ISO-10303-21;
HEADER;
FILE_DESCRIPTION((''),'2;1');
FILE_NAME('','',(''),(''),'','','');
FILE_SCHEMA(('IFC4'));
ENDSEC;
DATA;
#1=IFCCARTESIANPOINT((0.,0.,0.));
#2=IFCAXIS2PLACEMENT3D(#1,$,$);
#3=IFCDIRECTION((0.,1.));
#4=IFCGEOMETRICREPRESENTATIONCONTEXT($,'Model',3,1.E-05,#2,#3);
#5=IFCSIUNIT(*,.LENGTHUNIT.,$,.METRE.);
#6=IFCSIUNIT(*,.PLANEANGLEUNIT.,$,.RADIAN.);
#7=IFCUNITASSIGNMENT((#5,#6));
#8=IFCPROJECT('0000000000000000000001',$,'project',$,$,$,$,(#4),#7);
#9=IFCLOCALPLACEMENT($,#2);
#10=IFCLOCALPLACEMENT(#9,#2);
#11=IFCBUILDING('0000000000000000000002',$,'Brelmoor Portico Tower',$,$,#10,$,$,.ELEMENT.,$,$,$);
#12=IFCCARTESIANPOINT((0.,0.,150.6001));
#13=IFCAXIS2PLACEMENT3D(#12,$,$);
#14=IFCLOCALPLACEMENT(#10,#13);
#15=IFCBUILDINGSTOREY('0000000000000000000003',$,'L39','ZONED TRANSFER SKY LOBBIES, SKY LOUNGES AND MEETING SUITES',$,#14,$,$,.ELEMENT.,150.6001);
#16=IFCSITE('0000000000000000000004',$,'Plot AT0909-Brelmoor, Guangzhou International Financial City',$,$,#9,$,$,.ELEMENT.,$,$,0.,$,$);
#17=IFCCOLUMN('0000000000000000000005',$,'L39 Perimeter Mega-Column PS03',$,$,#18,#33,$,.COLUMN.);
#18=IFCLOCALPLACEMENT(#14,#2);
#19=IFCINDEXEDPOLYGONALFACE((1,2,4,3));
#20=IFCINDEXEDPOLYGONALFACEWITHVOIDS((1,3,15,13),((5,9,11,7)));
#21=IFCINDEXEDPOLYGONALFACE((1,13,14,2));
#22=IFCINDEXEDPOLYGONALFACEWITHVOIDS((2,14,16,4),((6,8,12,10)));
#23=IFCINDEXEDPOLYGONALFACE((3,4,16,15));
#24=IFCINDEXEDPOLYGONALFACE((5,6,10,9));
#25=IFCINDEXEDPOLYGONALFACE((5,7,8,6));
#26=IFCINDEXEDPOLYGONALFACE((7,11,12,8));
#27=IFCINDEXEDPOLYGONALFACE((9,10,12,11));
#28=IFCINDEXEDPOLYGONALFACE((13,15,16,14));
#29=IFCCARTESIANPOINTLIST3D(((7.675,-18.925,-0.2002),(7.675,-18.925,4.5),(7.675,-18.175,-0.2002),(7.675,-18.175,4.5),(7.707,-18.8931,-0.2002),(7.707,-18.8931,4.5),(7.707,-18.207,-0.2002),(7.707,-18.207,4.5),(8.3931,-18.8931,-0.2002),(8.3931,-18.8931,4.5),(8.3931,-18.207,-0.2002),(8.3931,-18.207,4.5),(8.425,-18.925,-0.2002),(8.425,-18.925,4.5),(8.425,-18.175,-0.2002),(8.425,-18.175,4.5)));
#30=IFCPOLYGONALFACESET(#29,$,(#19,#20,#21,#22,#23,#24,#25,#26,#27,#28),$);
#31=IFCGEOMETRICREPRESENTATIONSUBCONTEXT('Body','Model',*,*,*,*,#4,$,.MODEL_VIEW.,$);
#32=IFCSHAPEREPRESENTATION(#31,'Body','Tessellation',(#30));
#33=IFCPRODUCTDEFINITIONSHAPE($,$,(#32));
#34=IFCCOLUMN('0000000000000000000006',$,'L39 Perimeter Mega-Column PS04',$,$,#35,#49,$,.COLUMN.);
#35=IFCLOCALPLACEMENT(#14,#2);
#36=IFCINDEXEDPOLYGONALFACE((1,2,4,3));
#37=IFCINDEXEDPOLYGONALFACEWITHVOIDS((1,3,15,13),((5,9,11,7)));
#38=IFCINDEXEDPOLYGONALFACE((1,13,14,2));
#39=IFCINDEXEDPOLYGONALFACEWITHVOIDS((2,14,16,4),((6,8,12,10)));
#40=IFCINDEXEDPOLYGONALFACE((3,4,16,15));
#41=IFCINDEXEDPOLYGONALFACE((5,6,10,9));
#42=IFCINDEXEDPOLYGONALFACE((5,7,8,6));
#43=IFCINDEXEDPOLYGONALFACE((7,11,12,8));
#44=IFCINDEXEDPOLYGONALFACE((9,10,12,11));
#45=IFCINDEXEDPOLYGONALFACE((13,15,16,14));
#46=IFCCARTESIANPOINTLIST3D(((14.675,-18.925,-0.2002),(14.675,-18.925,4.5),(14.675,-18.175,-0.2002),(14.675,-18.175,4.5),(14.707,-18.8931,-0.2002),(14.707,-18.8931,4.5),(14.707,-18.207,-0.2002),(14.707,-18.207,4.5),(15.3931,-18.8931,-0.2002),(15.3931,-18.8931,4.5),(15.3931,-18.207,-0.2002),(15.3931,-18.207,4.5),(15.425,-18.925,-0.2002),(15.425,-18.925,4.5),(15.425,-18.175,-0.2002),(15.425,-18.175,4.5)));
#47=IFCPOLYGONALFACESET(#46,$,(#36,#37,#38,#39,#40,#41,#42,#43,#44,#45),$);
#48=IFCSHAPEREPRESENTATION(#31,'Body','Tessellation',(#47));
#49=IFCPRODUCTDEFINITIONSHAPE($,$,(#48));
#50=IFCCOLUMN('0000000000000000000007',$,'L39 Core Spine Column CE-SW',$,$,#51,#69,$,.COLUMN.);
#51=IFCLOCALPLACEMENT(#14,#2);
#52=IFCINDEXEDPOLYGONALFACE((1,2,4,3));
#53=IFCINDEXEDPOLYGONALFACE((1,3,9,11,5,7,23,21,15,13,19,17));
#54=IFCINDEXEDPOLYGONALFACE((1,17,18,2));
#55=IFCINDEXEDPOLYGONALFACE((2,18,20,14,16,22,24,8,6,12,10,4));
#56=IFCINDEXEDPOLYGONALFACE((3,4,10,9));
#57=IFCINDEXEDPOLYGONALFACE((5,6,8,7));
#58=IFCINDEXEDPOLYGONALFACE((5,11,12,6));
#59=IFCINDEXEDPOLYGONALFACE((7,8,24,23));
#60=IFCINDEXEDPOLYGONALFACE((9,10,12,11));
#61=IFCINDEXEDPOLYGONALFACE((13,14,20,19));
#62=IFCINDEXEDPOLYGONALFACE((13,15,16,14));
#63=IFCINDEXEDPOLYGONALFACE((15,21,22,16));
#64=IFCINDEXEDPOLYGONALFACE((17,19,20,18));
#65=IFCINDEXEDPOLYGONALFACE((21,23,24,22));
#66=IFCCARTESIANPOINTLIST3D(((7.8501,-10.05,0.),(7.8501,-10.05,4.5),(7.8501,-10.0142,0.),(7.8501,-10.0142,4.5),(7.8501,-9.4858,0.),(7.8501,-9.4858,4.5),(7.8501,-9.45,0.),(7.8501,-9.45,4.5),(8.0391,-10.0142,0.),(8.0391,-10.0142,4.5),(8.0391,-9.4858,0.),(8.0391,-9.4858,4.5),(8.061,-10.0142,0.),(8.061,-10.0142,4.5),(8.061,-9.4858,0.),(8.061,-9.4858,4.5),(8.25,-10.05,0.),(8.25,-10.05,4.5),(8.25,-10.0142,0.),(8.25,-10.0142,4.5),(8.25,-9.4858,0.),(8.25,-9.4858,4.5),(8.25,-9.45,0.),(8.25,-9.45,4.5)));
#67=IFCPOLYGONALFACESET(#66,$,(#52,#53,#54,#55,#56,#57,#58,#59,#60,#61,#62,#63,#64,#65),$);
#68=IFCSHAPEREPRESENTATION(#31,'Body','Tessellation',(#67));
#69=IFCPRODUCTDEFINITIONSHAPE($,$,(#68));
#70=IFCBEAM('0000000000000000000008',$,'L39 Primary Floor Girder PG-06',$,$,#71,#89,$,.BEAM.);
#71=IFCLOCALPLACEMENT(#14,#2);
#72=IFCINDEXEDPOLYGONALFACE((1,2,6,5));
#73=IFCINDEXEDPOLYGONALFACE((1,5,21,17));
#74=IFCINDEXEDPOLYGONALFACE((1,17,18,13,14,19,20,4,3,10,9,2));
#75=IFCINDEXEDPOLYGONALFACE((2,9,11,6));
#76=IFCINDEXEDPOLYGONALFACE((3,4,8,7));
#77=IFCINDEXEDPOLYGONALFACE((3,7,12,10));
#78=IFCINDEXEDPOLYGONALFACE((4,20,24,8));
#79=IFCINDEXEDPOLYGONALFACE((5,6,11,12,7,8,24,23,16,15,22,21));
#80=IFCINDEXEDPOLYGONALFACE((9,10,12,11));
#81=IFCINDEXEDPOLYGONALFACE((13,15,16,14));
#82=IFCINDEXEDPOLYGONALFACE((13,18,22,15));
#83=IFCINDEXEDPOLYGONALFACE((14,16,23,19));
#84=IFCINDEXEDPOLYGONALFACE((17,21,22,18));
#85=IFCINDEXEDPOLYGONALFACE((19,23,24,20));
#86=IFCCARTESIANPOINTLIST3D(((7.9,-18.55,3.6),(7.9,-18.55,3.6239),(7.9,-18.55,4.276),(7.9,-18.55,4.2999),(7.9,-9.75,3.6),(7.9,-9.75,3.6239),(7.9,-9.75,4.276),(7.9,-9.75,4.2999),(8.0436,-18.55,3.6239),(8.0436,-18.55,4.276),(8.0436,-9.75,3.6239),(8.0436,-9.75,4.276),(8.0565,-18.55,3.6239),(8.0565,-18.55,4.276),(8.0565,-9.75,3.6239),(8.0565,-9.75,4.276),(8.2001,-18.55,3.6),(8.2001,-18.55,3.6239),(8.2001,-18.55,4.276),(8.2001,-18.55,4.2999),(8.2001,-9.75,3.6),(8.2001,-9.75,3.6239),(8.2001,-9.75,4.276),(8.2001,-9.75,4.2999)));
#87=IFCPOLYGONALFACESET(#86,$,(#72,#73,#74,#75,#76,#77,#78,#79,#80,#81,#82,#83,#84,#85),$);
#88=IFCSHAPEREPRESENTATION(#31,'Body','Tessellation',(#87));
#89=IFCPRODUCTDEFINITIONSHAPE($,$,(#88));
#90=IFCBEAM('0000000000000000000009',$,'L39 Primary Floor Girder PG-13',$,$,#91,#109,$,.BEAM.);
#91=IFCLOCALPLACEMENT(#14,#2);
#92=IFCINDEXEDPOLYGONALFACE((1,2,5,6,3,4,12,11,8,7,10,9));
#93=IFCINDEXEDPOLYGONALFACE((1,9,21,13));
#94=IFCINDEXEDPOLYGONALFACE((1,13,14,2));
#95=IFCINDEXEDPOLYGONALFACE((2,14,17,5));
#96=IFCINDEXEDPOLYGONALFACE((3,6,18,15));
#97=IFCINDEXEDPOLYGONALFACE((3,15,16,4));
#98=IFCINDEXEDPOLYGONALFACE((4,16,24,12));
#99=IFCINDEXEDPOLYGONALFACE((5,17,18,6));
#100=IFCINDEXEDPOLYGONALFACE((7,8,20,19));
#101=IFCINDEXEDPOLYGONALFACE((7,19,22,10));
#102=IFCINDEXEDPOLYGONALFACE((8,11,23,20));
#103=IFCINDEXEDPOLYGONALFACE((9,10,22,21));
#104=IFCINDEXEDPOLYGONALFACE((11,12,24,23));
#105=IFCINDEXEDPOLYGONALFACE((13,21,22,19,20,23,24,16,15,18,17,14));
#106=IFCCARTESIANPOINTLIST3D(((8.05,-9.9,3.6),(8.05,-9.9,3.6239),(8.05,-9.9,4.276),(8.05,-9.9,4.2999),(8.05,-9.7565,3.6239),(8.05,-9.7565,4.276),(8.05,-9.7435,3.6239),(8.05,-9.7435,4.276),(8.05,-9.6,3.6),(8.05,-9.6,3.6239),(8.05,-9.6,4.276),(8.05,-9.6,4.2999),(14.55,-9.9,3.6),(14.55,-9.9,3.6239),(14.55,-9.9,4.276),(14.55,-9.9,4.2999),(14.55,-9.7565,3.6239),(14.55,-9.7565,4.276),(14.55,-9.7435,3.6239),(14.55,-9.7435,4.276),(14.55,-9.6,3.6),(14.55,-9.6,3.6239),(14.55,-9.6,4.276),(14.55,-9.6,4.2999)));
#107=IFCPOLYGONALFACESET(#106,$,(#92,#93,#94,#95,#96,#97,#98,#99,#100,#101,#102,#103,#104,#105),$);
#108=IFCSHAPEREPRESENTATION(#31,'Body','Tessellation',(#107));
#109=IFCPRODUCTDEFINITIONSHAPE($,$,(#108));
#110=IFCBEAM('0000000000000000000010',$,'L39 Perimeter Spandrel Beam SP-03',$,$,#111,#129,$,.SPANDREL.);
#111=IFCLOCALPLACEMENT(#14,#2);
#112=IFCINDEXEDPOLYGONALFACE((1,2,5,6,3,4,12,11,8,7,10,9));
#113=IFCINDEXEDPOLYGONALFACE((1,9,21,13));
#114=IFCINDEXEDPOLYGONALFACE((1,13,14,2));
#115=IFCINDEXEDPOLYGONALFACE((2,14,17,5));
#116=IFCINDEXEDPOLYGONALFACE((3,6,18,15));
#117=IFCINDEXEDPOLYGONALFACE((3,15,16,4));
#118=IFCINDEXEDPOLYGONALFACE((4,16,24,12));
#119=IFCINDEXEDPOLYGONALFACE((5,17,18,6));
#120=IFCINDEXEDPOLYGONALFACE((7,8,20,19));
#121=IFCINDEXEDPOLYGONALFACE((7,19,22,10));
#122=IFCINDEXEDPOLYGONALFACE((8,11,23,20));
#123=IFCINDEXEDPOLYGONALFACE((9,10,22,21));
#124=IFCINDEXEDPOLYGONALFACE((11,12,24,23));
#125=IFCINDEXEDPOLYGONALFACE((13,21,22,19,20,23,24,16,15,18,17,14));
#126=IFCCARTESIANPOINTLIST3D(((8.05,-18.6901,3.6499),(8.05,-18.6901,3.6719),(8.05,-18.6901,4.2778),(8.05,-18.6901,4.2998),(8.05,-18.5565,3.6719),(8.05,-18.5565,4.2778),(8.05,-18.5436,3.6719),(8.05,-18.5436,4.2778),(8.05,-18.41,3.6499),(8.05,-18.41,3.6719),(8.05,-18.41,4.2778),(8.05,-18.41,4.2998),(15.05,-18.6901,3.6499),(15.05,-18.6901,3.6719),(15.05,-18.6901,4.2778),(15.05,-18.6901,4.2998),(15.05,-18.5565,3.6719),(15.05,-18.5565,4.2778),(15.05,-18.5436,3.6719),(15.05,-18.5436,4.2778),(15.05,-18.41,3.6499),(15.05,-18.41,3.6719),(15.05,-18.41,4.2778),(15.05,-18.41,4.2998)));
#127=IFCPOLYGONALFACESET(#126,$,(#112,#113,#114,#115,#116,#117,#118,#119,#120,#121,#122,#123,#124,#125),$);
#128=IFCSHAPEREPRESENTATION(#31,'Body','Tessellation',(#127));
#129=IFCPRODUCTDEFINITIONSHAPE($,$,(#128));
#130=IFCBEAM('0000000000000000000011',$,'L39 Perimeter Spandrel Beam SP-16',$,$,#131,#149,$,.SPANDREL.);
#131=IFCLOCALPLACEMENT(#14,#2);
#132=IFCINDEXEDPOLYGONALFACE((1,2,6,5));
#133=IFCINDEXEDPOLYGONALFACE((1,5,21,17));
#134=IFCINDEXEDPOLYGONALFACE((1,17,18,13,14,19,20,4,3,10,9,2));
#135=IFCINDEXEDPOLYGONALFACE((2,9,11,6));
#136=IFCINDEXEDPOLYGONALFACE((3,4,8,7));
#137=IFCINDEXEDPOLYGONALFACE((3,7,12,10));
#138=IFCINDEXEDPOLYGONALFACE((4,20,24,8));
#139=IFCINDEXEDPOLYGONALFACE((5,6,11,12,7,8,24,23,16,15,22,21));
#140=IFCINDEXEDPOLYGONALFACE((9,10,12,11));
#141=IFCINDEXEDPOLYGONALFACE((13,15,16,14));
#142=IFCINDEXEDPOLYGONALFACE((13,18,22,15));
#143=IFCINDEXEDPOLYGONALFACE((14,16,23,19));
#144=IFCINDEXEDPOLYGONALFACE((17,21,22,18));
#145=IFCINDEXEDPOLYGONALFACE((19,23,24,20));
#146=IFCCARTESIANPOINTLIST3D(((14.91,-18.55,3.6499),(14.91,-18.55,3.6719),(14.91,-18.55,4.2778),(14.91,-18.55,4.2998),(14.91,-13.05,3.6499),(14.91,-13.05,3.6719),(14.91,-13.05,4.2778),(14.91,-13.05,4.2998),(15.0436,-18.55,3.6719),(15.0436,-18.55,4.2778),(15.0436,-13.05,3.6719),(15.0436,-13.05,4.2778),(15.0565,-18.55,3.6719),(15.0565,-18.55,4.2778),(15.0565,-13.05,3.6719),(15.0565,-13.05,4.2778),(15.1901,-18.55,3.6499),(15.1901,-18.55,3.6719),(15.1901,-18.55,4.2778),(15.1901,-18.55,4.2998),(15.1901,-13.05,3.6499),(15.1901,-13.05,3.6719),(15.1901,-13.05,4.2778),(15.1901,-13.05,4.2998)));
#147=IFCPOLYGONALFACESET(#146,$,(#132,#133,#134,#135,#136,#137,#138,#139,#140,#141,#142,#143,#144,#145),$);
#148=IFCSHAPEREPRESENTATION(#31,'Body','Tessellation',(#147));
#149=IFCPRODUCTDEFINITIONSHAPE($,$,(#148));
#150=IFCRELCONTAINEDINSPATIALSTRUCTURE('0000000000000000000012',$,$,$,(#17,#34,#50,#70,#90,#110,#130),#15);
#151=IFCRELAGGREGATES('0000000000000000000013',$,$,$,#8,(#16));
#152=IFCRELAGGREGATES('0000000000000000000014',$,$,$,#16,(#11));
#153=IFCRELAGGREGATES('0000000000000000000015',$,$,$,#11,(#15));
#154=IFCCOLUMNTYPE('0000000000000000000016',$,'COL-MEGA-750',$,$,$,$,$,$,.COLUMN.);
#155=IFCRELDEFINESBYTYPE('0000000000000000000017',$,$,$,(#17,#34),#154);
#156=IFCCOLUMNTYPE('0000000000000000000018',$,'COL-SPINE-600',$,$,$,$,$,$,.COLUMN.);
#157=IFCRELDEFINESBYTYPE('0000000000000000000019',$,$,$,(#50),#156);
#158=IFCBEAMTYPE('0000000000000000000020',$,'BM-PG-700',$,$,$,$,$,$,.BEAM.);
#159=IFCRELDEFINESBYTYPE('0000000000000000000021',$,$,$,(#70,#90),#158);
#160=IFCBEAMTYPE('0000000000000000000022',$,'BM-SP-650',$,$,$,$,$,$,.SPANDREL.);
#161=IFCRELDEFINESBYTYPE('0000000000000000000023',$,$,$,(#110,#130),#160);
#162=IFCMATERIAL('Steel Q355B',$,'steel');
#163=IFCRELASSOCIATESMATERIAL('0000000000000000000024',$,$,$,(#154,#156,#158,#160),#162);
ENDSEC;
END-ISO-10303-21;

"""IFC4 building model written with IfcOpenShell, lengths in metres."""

from ifc_helpers import new_model, si_unit, direction, frame, origin, origin_2d, place, context, subcontext, project, spatial, hollow_rectangle, i_section, extrude, material, material_profile, profile_set, type_object, element, save


model = new_model("IFC4")

# Units and contexts
model_context = context("Model", 3, precision=1e-05, world=origin(), true_north=direction((0.0, 1.0)))
body_context = subcontext(model_context, "Body", "Model", "MODEL_VIEW")
ifc_project = project(units=[si_unit("LENGTHUNIT", "METRE"), si_unit("PLANEANGLEUNIT", "RADIAN")], contexts=[model_context])

# Site, building, storey
site_placement = place(None, origin())
site = spatial("IfcSite", under=ifc_project, at=site_placement, Name="Plot AT0909-Brelmoor, Guangzhou International Financial City", CompositionType="ELEMENT", RefElevation=0.0)
building_placement = place(site_placement, origin())
building = spatial("IfcBuilding", under=site, at=building_placement, Name="Brelmoor Portico Tower", CompositionType="ELEMENT")
storey_placement = place(building_placement, frame((0.0, 0.0, 150.6001)))
storey = spatial("IfcBuildingStorey", under=building, at=storey_placement, Name="L39", Description="ZONED TRANSFER SKY LOBBIES, SKY LOUNGES AND MEETING SUITES", CompositionType="ELEMENT", Elevation=150.6001)

# Columns
ifc_material_1 = material(Name="Steel Q355B", Category="steel")
ifc_material_profile_1 = material_profile(ifc_material_1, hollow_rectangle(XDim=0.75, YDim=0.75, WallThickness=0.032, at=origin_2d()), Name="BOX 750x750x32")
ifc_profile_set_1 = profile_set([ifc_material_profile_1], Name="Steel Q355B")
column_type_1 = type_object("IfcColumnType", Name="COL-MEGA-750", PredefinedType="COLUMN", material=ifc_profile_set_1)
for number, where, z_axis, x_axis, name in (
    (1, (8.05, -18.55, -0.2002), (0.0, 0.0, 1.0), (1.0, 0.0, 0.0), "L39 Perimeter Mega-Column PS03"),
    (2, (15.05, -18.55, -0.2002), (0.0, 0.0, 1.0), (1.0, 0.0, 0.0), "L39 Perimeter Mega-Column PS04"),
):
    element("IfcColumn", number, at=place(storey_placement, frame(where, z_axis=z_axis, x_axis=x_axis)), inside=storey, type_object=column_type_1, Name=name, PredefinedType="COLUMN", context=body_context, shape_type="SweptSolid", body=[
        extrude(hollow_rectangle(XDim=0.75, YDim=0.75, WallThickness=0.032, at=origin_2d()), origin(), (0.0, 0.0, 1.0), 4.7002),
    ])
ifc_material_profile_2 = material_profile(ifc_material_1, i_section(OverallWidth=0.3999, OverallDepth=0.6001, WebThickness=0.022, FlangeThickness=0.0359, at=origin_2d()), Name="HW 600x400x22x36")
ifc_profile_set_2 = profile_set([ifc_material_profile_2], Name="Steel Q355B")
column_type_2 = type_object("IfcColumnType", Name="COL-SPINE-600", PredefinedType="COLUMN", material=ifc_profile_set_2)
column_placement = place(storey_placement, frame((8.05, -9.75, 0.0), z_axis=(0.0, 0.0, 1.0), x_axis=(1.0, 0.0, 0.0)))
element("IfcColumn", 3, at=column_placement, inside=storey, type_object=column_type_2, Name="L39 Core Spine Column CE-SW", PredefinedType="COLUMN", context=body_context, shape_type="SweptSolid", body=[
    extrude(i_section(OverallWidth=0.3999, OverallDepth=0.6001, WebThickness=0.022, FlangeThickness=0.0359, at=origin_2d()), origin(), (0.0, 0.0, 1.0), 4.5),
])

# Beams
ifc_material_profile_3 = material_profile(ifc_material_1, i_section(OverallWidth=0.3, OverallDepth=0.7, WebThickness=0.0129, FlangeThickness=0.0239, at=origin_2d()), Name="HN 700x300x13x24")
ifc_profile_set_3 = profile_set([ifc_material_profile_3], Name="Steel Q355B")
beam_type_1 = type_object("IfcBeamType", Name="BM-PG-700", PredefinedType="BEAM", material=ifc_profile_set_3)
beam_1_placement = place(storey_placement, frame((8.05, -18.55, 3.95), z_axis=(0.0, 1.0, 0.0), x_axis=(-1.0, 0.0, 0.0)))
element("IfcBeam", 4, at=beam_1_placement, inside=storey, type_object=beam_type_1, Name="L39 Primary Floor Girder PG-06", PredefinedType="BEAM", context=body_context, shape_type="SweptSolid", body=[
    extrude(i_section(OverallWidth=0.3, OverallDepth=0.7, WebThickness=0.0129, FlangeThickness=0.0239, at=origin_2d()), origin(), (0.0, 0.0, 1.0), 8.8),
])
beam_2_placement = place(storey_placement, frame((8.05, -9.75, 3.95), z_axis=(1.0, 0.0, 0.0), x_axis=(0.0, 1.0, 0.0)))
element("IfcBeam", 5, at=beam_2_placement, inside=storey, type_object=beam_type_1, Name="L39 Primary Floor Girder PG-13", PredefinedType="BEAM", context=body_context, shape_type="SweptSolid", body=[
    extrude(i_section(OverallWidth=0.3, OverallDepth=0.7, WebThickness=0.0129, FlangeThickness=0.0239, at=origin_2d()), origin(), (0.0, 0.0, 1.0), 6.5),
])
ifc_material_profile_4 = material_profile(ifc_material_1, i_section(OverallWidth=0.28, OverallDepth=0.6499, WebThickness=0.0129, FlangeThickness=0.022, at=origin_2d()), Name="HN 650x280x13x22")
ifc_profile_set_4 = profile_set([ifc_material_profile_4], Name="Steel Q355B")
beam_type_2 = type_object("IfcBeamType", Name="BM-SP-650", PredefinedType="SPANDREL", material=ifc_profile_set_4)
beam_3_placement = place(storey_placement, frame((8.05, -18.55, 3.9749), z_axis=(1.0, 0.0, 0.0), x_axis=(0.0, 1.0, 0.0)))
element("IfcBeam", 6, at=beam_3_placement, inside=storey, type_object=beam_type_2, Name="L39 Perimeter Spandrel Beam SP-03", PredefinedType="SPANDREL", context=body_context, shape_type="SweptSolid", body=[
    extrude(i_section(OverallWidth=0.28, OverallDepth=0.6499, WebThickness=0.0129, FlangeThickness=0.022, at=origin_2d()), origin(), (0.0, 0.0, 1.0), 7.0),
])
beam_4_placement = place(storey_placement, frame((15.05, -18.55, 3.9749), z_axis=(0.0, 1.0, 0.0), x_axis=(-1.0, 0.0, 0.0)))
element("IfcBeam", 7, at=beam_4_placement, inside=storey, type_object=beam_type_2, Name="L39 Perimeter Spandrel Beam SP-16", PredefinedType="SPANDREL", context=body_context, shape_type="SweptSolid", body=[
    extrude(i_section(OverallWidth=0.28, OverallDepth=0.6499, WebThickness=0.0129, FlangeThickness=0.022, at=origin_2d()), origin(), (0.0, 0.0, 1.0), 5.5),
])

save(model, "model.ifc")
